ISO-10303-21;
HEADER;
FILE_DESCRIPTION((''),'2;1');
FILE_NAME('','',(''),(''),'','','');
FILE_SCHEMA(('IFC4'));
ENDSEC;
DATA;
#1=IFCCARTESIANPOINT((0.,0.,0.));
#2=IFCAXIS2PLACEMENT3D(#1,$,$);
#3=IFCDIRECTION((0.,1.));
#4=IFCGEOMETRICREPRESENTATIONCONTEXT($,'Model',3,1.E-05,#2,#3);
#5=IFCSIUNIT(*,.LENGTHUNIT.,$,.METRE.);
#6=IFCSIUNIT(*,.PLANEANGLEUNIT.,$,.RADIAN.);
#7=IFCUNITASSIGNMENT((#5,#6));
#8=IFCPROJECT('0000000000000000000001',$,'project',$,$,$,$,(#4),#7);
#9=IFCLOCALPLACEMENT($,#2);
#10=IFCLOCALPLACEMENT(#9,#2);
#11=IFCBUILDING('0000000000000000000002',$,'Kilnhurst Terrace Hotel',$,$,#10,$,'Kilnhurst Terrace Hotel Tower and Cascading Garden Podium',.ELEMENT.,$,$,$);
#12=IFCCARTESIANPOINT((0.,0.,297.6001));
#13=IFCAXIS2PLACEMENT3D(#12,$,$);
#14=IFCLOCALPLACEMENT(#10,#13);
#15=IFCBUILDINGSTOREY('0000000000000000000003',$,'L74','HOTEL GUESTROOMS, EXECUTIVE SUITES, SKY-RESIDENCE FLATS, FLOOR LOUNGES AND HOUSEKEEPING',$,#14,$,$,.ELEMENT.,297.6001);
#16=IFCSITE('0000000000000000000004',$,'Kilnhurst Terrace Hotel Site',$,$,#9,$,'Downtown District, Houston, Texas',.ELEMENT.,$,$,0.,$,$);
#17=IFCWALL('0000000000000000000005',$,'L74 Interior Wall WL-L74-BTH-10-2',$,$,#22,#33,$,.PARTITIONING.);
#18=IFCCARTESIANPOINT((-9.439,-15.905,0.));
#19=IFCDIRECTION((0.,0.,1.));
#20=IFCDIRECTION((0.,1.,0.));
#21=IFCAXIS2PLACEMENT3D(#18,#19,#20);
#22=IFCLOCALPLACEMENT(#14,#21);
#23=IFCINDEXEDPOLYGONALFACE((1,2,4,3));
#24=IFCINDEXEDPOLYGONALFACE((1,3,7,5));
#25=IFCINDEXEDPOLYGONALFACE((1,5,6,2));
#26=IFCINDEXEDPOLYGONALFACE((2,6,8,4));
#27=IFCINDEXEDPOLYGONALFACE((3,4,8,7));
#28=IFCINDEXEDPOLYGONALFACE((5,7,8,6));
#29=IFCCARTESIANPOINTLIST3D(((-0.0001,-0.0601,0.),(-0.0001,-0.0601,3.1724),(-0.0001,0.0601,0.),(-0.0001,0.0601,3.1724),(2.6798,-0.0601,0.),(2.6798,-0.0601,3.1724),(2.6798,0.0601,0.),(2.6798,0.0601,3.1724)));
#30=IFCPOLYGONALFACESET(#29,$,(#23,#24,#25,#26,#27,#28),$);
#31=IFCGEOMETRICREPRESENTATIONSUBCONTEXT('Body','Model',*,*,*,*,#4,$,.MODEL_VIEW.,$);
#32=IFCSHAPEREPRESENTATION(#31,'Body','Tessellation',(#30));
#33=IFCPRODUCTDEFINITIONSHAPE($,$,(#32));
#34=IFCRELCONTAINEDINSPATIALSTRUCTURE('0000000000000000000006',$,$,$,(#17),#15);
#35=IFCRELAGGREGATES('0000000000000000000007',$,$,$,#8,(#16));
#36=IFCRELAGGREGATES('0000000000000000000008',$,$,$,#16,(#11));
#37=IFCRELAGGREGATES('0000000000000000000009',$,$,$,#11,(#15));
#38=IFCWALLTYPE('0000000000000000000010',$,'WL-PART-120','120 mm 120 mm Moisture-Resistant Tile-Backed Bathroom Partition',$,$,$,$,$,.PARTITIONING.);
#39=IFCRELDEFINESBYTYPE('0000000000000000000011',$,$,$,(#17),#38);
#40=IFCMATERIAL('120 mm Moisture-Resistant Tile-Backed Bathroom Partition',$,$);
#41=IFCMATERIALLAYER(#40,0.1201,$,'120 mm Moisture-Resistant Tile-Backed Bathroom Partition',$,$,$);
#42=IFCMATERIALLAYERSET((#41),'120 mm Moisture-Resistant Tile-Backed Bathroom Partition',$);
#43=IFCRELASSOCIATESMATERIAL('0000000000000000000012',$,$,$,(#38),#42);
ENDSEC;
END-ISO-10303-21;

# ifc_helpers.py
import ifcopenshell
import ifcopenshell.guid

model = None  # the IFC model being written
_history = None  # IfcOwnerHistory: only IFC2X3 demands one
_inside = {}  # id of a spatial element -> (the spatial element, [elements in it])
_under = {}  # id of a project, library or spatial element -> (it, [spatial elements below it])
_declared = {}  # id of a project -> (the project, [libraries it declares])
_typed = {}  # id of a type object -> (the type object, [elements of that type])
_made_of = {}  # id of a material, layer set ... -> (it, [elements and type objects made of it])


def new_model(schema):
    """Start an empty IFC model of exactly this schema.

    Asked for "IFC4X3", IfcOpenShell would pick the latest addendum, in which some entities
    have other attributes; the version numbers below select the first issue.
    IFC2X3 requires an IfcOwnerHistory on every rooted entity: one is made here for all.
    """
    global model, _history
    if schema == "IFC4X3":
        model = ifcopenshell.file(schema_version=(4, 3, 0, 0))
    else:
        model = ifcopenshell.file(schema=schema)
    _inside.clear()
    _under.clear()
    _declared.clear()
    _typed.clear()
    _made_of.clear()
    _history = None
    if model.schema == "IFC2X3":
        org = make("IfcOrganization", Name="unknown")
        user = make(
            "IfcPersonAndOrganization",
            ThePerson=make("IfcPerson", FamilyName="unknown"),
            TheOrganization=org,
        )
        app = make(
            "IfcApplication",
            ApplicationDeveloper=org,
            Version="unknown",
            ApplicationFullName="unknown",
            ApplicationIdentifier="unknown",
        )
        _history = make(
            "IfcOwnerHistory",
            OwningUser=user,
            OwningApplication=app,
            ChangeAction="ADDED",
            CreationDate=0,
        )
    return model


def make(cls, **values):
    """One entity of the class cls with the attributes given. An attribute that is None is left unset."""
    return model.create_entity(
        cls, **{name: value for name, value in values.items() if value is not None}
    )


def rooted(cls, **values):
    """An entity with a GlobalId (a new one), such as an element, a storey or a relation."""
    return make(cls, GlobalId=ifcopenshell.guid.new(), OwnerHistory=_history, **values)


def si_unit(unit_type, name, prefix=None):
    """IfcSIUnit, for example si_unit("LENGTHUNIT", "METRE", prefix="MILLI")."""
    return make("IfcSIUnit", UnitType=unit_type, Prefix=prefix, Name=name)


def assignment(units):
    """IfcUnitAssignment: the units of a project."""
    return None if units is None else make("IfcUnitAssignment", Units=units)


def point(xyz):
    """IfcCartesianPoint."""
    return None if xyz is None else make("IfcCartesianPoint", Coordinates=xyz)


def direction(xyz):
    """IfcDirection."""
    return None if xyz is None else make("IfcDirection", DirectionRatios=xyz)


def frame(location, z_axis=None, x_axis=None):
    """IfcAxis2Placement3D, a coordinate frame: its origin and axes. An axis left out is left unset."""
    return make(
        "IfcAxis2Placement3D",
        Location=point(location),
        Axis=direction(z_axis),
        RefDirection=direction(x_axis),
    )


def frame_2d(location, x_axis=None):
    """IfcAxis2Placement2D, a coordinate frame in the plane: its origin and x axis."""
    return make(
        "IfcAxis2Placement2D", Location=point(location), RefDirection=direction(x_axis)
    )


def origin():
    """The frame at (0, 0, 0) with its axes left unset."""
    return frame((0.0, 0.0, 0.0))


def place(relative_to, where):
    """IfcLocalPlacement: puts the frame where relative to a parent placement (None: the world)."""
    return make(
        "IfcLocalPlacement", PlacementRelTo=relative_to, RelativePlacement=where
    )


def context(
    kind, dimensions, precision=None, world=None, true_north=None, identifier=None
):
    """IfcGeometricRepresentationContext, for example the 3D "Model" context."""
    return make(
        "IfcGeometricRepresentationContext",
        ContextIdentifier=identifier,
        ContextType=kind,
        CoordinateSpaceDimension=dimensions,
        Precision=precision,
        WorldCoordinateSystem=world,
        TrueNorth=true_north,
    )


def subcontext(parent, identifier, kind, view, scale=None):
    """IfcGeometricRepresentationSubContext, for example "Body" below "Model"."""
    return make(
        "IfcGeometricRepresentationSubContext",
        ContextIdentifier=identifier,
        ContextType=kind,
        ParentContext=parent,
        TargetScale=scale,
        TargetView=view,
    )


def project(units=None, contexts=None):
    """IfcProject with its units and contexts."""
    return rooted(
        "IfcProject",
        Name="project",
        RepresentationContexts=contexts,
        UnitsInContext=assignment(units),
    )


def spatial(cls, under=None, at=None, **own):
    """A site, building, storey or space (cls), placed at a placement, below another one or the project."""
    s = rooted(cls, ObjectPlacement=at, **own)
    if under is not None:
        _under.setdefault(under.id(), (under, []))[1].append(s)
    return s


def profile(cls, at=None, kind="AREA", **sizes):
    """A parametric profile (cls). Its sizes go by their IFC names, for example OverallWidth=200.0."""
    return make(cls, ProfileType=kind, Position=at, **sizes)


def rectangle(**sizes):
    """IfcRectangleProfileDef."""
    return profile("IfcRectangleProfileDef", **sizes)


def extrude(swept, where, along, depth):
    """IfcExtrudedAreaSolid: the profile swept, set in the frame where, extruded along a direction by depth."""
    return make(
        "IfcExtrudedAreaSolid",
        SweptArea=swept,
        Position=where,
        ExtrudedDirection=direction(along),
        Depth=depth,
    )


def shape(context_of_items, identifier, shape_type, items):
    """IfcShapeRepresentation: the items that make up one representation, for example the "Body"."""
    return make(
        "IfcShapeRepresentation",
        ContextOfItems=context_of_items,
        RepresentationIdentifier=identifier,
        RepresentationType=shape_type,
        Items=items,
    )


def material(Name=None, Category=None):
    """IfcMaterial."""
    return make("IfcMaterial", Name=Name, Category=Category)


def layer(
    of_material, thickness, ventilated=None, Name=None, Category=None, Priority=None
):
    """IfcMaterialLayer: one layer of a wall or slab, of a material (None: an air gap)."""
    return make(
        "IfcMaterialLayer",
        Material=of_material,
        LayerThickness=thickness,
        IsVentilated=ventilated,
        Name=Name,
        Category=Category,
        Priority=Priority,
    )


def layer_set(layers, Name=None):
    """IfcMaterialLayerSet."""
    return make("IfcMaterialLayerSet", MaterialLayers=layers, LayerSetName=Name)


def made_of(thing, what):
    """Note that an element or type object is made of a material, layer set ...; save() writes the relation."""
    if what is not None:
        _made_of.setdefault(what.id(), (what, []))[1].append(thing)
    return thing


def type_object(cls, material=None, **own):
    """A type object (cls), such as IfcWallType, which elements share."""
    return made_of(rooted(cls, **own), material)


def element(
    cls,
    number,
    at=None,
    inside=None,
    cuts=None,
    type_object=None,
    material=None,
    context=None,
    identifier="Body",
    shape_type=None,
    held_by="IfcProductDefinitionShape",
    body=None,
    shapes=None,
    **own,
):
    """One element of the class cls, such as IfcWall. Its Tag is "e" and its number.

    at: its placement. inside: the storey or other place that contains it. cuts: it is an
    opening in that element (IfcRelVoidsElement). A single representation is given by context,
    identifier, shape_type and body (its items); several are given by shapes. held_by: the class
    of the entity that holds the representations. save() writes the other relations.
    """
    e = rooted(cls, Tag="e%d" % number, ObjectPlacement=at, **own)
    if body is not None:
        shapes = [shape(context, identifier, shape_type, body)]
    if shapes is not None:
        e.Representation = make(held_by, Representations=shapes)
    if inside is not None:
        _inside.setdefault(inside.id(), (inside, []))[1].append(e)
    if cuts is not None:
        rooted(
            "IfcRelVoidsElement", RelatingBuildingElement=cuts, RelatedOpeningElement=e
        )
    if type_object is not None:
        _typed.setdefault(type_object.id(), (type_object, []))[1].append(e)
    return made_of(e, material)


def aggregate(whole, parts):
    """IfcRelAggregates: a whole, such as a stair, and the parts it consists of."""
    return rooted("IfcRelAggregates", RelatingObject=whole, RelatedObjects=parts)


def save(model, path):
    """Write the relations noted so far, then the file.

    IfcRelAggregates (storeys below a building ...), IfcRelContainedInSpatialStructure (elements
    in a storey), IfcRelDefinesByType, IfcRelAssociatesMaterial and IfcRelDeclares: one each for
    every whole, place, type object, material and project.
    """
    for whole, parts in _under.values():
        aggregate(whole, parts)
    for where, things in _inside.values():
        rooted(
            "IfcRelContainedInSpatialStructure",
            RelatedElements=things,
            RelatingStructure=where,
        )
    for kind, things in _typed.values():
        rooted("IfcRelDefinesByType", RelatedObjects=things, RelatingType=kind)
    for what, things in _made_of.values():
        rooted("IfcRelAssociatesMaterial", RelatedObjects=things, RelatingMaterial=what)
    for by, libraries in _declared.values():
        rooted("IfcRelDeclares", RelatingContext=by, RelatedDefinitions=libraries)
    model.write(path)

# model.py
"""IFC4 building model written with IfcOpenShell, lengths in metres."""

from ifc_helpers import new_model, si_unit, direction, frame, frame_2d, origin, place, context, subcontext, project, spatial, rectangle, extrude, material, layer, layer_set, type_object, element, save


model = new_model("IFC4")

# Units and contexts
model_context = context("Model", 3, precision=1e-05, world=origin(), true_north=direction((0.0, 1.0)))
body_context = subcontext(model_context, "Body", "Model", "MODEL_VIEW")
ifc_project = project(units=[si_unit("LENGTHUNIT", "METRE"), si_unit("PLANEANGLEUNIT", "RADIAN")], contexts=[model_context])

# Site, building, storey
site_placement = place(None, origin())
site = spatial("IfcSite", under=ifc_project, at=site_placement, Name="Kilnhurst Terrace Hotel Site", LongName="Downtown District, Houston, Texas", CompositionType="ELEMENT", RefElevation=0.0)
building_placement = place(site_placement, origin())
building = spatial("IfcBuilding", under=site, at=building_placement, Name="Kilnhurst Terrace Hotel", LongName="Kilnhurst Terrace Hotel Tower and Cascading Garden Podium", CompositionType="ELEMENT")
storey_placement = place(building_placement, frame((0.0, 0.0, 297.6001)))
storey = spatial("IfcBuildingStorey", under=building, at=storey_placement, Name="L74", Description="HOTEL GUESTROOMS, EXECUTIVE SUITES, SKY-RESIDENCE FLATS, FLOOR LOUNGES AND HOUSEKEEPING", CompositionType="ELEMENT", Elevation=297.6001)

# Shared definitions
ifc_material_1 = material(Name="120 mm Moisture-Resistant Tile-Backed Bathroom Partition")
ifc_layer_1 = layer(ifc_material_1, 0.1201, Name="120 mm Moisture-Resistant Tile-Backed Bathroom Partition")
ifc_layer_set_1 = layer_set([ifc_layer_1], Name="120 mm Moisture-Resistant Tile-Backed Bathroom Partition")
wall_type_1 = type_object("IfcWallType", Name="WL-PART-120", Description="120 mm 120 mm Moisture-Resistant Tile-Backed Bathroom Partition", PredefinedType="PARTITIONING", material=ifc_layer_set_1)

# Wall
wall_1_placement = place(storey_placement, frame((-9.439, -15.905, 0.0), z_axis=(0.0, 0.0, 1.0), x_axis=(0.0, 1.0, 0.0)))
element("IfcWall", 1, at=wall_1_placement, inside=storey, type_object=wall_type_1, Name="L74 Interior Wall WL-L74-BTH-10-2", PredefinedType="PARTITIONING", context=body_context, shape_type="SweptSolid", body=[
    extrude(rectangle(XDim=2.6799, YDim=0.1201, at=frame_2d((1.3398, 0.0))), origin(), (0.0, 0.0, 1.0), 3.1724),
])

save(model, "model.ifc")
